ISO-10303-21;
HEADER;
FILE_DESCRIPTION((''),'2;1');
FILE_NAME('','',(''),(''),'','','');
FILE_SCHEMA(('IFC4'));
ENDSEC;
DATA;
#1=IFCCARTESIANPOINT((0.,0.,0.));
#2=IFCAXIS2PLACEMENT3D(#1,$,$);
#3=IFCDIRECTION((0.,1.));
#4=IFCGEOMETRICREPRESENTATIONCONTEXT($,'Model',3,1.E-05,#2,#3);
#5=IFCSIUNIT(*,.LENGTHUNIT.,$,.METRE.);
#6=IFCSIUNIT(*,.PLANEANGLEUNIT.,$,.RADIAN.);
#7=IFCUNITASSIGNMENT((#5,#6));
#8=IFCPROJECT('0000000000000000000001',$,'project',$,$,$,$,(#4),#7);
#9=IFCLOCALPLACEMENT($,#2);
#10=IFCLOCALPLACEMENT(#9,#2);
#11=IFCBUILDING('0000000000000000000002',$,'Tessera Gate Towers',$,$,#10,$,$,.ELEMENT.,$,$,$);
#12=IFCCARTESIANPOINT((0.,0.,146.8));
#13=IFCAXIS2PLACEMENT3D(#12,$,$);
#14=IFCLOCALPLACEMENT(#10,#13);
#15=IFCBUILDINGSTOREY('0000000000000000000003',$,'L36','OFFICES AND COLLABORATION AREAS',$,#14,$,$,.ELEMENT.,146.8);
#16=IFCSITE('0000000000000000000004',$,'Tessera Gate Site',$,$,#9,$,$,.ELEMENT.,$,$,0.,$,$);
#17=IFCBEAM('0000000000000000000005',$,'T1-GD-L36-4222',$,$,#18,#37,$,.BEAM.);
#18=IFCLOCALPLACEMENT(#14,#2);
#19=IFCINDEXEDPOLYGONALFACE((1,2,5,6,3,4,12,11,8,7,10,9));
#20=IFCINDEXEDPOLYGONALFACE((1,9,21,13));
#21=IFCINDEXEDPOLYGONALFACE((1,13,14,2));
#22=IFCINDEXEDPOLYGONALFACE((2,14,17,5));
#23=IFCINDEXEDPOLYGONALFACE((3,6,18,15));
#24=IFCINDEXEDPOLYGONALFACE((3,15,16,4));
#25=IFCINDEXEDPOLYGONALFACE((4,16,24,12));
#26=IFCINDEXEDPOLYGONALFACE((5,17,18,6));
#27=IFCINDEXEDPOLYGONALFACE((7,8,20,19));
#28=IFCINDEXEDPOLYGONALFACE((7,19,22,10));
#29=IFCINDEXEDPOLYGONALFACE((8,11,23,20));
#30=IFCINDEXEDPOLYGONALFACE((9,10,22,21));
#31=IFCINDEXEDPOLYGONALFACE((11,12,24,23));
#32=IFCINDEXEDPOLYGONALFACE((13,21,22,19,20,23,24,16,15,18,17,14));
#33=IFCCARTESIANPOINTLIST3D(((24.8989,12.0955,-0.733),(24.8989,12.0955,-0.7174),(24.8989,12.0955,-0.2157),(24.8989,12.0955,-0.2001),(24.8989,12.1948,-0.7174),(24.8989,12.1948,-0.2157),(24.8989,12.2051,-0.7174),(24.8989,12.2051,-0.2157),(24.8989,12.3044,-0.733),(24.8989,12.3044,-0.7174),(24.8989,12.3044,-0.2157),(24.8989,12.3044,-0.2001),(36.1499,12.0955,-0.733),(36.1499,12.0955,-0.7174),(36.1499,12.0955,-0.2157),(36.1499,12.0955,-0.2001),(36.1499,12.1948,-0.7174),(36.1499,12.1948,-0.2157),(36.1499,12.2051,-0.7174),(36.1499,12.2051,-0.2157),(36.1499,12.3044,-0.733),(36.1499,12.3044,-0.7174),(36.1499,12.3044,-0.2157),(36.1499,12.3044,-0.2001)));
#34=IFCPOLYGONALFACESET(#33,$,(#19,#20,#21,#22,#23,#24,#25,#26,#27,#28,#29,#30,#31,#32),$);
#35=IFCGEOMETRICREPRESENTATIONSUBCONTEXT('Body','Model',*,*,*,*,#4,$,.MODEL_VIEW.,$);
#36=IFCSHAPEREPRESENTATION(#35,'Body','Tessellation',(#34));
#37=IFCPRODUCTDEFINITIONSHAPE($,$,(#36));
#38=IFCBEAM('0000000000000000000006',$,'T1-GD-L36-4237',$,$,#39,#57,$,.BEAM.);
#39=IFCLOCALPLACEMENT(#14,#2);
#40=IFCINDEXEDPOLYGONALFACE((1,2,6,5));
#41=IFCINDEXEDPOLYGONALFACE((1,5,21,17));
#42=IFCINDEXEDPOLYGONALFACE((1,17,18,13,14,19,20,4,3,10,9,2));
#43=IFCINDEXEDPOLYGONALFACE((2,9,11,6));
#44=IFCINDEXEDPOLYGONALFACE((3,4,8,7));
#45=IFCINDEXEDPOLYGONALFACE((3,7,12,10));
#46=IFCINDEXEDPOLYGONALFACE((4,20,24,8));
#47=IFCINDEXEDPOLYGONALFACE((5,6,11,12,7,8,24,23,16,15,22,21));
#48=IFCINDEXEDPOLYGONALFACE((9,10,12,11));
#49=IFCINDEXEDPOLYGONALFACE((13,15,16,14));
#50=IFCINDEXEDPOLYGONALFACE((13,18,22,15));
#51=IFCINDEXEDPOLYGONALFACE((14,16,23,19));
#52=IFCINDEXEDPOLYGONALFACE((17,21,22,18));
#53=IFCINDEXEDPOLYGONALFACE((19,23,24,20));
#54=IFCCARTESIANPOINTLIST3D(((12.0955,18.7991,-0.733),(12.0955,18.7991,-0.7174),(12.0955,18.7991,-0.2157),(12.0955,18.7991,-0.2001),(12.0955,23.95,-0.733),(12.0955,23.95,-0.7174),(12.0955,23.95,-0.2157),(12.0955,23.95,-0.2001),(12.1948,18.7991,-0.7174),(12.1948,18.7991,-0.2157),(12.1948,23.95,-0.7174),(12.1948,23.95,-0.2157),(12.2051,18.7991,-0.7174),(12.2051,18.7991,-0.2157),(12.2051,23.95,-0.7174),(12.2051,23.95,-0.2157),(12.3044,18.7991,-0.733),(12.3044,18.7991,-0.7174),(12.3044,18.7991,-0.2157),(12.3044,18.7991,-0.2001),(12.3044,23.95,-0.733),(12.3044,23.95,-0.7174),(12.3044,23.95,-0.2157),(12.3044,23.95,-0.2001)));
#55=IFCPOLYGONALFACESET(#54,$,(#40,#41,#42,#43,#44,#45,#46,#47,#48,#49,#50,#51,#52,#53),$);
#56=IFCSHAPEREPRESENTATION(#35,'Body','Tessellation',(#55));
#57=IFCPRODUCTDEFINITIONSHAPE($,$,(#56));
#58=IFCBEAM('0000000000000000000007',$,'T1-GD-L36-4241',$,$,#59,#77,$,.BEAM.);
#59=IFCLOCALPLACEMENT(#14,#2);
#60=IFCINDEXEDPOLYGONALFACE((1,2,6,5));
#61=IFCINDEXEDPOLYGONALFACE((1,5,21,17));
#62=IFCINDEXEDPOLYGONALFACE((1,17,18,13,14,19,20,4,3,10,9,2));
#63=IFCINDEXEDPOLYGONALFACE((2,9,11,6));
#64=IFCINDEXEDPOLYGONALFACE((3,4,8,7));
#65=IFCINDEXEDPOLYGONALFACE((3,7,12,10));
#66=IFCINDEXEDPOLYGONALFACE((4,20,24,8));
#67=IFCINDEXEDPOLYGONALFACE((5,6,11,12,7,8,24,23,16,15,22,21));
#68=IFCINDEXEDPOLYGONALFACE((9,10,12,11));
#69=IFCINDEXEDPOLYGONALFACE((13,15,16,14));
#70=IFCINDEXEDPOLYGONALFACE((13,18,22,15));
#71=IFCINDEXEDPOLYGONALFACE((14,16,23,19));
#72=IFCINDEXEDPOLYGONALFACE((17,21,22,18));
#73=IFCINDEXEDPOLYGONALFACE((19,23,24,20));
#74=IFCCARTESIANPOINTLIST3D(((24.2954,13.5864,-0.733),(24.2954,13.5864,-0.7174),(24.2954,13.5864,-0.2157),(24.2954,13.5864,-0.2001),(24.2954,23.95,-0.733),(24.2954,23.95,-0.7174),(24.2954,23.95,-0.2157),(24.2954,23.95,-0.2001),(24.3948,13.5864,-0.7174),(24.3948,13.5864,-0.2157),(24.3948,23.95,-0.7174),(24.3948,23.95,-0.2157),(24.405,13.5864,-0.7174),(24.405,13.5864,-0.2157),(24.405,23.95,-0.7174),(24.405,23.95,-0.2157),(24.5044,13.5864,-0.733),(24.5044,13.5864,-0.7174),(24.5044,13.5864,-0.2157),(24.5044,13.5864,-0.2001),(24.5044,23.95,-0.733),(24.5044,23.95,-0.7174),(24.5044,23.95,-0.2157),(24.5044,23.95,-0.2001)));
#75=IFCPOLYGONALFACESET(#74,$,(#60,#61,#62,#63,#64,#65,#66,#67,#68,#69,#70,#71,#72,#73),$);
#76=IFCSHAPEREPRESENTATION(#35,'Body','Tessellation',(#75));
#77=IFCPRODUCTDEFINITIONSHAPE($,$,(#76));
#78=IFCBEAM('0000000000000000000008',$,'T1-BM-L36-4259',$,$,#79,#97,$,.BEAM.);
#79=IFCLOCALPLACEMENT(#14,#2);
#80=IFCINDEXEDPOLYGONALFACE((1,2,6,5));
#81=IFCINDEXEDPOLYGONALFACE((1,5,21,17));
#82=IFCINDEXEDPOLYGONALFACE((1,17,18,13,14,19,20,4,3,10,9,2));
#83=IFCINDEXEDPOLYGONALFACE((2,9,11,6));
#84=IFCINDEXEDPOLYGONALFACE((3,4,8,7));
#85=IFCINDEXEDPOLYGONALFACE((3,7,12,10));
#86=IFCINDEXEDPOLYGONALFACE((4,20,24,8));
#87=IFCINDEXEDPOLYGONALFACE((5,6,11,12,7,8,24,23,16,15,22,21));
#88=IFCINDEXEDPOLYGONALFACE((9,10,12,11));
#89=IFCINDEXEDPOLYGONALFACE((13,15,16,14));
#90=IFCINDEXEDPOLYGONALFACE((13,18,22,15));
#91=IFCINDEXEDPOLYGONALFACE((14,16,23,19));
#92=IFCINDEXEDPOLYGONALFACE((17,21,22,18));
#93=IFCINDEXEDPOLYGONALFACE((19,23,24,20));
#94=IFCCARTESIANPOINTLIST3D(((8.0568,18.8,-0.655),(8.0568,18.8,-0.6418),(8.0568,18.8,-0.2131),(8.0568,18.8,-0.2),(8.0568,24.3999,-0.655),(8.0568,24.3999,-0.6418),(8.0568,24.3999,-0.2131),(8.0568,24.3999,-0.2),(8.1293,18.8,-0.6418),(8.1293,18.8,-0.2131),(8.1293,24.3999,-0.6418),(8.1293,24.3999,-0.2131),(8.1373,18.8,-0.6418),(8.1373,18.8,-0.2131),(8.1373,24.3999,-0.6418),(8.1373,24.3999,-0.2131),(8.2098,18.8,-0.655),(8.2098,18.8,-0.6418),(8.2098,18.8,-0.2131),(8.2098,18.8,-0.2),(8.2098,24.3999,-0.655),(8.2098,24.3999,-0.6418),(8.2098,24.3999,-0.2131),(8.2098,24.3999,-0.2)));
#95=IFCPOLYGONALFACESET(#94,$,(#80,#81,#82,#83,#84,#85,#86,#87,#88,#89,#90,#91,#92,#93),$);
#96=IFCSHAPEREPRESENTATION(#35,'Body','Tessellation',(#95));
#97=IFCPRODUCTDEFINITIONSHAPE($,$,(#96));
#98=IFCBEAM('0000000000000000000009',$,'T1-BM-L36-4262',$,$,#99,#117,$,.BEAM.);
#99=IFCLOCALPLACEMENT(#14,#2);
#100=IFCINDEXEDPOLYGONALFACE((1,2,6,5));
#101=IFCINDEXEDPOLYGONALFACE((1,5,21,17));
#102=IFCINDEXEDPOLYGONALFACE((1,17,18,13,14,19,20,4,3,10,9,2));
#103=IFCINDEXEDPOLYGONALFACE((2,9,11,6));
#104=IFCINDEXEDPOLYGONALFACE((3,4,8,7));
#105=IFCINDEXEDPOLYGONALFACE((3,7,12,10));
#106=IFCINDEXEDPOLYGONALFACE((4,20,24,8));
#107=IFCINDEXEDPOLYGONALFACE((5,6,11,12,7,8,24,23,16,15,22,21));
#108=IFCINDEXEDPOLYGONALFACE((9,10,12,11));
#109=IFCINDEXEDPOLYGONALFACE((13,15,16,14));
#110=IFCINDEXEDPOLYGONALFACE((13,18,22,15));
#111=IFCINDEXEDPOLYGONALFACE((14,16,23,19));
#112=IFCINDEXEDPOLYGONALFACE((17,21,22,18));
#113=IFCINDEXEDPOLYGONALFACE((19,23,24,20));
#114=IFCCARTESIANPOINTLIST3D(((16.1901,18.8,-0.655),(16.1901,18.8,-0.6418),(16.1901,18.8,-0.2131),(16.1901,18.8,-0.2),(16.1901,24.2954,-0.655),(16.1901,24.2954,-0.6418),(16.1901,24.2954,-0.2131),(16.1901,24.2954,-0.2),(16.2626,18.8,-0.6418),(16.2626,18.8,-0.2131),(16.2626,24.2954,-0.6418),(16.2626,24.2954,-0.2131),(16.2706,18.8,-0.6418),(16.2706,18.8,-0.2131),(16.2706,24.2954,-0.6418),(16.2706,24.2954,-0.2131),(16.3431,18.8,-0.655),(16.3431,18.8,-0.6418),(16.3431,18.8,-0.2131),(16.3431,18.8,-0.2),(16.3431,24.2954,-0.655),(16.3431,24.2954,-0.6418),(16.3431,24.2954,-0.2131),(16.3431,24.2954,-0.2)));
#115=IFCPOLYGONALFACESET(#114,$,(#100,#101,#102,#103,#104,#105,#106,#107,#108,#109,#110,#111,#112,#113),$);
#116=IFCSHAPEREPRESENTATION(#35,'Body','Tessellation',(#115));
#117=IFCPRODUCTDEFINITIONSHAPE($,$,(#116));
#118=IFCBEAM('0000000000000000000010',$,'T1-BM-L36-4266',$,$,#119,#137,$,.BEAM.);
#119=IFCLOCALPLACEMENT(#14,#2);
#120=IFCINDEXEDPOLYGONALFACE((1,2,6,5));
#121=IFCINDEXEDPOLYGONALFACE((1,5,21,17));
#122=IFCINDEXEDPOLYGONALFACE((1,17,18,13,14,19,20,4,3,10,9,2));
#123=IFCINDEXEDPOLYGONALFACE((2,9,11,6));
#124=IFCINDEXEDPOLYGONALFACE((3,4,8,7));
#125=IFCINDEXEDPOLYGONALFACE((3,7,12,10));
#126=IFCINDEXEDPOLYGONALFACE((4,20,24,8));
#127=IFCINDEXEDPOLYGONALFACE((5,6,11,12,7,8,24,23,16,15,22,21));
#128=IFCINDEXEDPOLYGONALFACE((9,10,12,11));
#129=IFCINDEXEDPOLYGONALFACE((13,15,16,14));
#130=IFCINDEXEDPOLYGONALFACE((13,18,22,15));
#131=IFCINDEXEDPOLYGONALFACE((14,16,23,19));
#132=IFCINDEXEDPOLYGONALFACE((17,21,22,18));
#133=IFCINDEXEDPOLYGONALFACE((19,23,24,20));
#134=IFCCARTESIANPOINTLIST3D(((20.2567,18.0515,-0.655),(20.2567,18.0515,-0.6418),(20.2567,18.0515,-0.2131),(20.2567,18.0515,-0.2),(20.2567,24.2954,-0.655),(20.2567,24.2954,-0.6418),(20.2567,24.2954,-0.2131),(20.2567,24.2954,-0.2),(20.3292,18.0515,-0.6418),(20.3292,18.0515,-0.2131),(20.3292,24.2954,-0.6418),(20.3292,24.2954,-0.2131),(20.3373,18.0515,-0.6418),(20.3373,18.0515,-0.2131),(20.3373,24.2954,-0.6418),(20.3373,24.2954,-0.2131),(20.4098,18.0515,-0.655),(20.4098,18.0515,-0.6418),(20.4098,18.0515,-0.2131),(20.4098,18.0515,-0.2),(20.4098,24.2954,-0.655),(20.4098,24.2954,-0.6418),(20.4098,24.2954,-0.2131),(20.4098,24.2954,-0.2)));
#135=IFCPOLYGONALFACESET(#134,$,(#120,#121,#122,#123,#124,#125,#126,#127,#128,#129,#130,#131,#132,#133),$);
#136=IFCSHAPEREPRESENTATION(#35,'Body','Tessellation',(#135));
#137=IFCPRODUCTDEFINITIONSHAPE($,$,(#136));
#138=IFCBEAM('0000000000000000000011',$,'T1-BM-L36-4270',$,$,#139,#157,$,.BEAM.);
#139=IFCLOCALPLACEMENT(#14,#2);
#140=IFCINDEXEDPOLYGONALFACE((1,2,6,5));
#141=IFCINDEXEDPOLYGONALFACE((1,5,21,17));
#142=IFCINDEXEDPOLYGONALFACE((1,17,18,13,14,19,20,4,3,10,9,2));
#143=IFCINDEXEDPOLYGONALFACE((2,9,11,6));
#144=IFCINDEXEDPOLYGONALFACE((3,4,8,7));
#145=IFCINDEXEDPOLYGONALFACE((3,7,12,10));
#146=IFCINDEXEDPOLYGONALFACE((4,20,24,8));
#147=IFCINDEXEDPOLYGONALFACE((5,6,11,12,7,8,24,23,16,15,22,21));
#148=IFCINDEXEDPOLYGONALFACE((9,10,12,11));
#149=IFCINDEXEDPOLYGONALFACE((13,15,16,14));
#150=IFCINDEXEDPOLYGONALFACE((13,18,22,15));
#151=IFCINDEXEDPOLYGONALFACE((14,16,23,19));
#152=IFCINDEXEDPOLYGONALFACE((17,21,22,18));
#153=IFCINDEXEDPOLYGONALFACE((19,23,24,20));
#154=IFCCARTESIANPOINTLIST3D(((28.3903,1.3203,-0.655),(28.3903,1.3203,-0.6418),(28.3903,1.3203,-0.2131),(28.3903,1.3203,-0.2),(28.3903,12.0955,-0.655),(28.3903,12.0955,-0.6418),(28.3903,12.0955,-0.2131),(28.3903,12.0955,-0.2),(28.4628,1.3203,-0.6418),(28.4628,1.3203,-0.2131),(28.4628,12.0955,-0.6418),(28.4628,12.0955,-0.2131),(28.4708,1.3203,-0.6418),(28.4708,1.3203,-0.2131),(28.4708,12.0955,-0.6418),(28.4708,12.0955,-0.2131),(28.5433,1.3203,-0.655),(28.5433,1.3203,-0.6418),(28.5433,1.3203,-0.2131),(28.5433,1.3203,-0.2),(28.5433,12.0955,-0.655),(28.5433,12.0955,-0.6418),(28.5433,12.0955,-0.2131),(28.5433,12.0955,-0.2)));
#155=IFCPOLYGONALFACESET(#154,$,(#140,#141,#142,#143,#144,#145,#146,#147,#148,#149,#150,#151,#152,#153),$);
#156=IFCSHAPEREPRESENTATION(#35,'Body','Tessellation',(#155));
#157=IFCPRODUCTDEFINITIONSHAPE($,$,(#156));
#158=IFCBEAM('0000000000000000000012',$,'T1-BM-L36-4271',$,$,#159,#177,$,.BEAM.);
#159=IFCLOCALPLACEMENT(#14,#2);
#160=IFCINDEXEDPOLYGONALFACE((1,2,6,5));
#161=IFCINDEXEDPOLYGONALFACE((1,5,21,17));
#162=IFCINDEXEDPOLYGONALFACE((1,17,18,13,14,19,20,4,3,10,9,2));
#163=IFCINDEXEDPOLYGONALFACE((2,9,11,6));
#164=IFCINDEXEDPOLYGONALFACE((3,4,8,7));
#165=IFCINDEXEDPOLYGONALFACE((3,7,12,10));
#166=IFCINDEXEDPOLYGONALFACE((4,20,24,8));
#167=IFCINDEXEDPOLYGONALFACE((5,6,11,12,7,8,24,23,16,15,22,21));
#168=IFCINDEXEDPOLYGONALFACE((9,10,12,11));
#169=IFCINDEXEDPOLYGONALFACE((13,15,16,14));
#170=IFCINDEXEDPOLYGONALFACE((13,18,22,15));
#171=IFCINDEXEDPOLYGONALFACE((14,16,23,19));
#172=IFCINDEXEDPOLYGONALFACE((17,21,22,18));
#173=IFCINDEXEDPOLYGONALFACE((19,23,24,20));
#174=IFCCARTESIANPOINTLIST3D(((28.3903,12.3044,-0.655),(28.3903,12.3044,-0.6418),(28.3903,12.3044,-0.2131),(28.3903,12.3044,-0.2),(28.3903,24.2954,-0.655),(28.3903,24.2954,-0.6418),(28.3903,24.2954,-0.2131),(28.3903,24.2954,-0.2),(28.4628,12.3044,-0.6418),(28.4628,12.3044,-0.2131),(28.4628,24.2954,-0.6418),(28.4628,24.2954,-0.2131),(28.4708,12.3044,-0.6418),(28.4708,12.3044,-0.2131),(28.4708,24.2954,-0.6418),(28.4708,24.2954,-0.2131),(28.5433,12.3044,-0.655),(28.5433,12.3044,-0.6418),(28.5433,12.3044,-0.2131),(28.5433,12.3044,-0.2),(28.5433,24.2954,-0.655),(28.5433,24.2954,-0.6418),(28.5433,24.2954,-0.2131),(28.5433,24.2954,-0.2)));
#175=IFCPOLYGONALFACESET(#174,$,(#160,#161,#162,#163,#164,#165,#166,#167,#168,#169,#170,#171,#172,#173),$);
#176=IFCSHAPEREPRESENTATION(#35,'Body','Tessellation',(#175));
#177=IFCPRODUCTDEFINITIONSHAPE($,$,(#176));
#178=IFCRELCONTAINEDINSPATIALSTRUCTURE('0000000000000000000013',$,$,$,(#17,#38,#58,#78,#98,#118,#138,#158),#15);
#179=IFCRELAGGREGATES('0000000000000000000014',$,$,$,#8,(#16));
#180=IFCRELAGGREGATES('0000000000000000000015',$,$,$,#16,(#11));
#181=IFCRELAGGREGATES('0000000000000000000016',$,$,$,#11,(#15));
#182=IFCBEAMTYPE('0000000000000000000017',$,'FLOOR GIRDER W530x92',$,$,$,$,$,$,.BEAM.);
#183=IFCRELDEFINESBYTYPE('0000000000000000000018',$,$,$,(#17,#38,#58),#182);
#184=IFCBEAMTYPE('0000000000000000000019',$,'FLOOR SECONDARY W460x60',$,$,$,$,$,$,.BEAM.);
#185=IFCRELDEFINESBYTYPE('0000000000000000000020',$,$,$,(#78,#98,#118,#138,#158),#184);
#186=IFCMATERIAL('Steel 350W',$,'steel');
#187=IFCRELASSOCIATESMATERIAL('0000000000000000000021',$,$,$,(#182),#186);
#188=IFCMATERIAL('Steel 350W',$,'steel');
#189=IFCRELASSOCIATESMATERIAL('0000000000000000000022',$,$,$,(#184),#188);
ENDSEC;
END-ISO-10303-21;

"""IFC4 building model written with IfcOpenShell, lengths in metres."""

from ifc_helpers import new_model, si_unit, direction, frame, origin, origin_2d, place, context, subcontext, project, spatial, i_section, extrude, material, material_profile, profile_set, type_object, element, save


model = new_model("IFC4")

# Units and contexts
model_context = context("Model", 3, precision=1e-05, world=origin(), true_north=direction((0.0, 1.0)))
body_context = subcontext(model_context, "Body", "Model", "MODEL_VIEW")
ifc_project = project(units=[si_unit("LENGTHUNIT", "METRE"), si_unit("PLANEANGLEUNIT", "RADIAN")], contexts=[model_context])

# Site, building, storey
site_placement = place(None, origin())
site = spatial("IfcSite", under=ifc_project, at=site_placement, Name="Tessera Gate Site", CompositionType="ELEMENT", RefElevation=0.0)
building_placement = place(site_placement, origin())
building = spatial("IfcBuilding", under=site, at=building_placement, Name="Tessera Gate Towers", CompositionType="ELEMENT")
storey_placement = place(building_placement, frame((0.0, 0.0, 146.8)))
storey = spatial("IfcBuildingStorey", under=building, at=storey_placement, Name="L36", Description="OFFICES AND COLLABORATION AREAS", CompositionType="ELEMENT", Elevation=146.8)

# Beams
ifc_material_1 = material(Name="Steel 350W", Category="steel")
ifc_material_profile_1 = material_profile(ifc_material_1, i_section(OverallWidth=0.209, OverallDepth=0.533, WebThickness=0.0103, FlangeThickness=0.0156, at=origin_2d()), Name="W530x92")
ifc_profile_set_1 = profile_set([ifc_material_profile_1], Name="Steel 350W")
beam_type_1 = type_object("IfcBeamType", Name="FLOOR GIRDER W530x92", PredefinedType="BEAM", material=ifc_profile_set_1)
beam_1_placement = place(storey_placement, frame((24.8989, 12.2, -0.4666), z_axis=(1.0, 0.0, 0.0), x_axis=(0.0, 1.0, 0.0)))
element("IfcBeam", 1, at=beam_1_placement, inside=storey, type_object=beam_type_1, Name="T1-GD-L36-4222", PredefinedType="BEAM", context=body_context, shape_type="SweptSolid", body=[
    extrude(i_section(OverallWidth=0.209, OverallDepth=0.533, WebThickness=0.0103, FlangeThickness=0.0156, at=origin_2d()), origin(), (0.0, 0.0, 1.0), 11.251),
])
beam_2_placement = place(storey_placement, frame((12.2, 18.7991, -0.4666), z_axis=(0.0, 1.0, 0.0), x_axis=(-1.0, 0.0, 0.0)))
element("IfcBeam", 2, at=beam_2_placement, inside=storey, type_object=beam_type_1, Name="T1-GD-L36-4237", PredefinedType="BEAM", context=body_context, shape_type="SweptSolid", body=[
    extrude(i_section(OverallWidth=0.209, OverallDepth=0.533, WebThickness=0.0103, FlangeThickness=0.0156, at=origin_2d()), origin(), (0.0, 0.0, 1.0), 5.1509),
])
beam_3_placement = place(storey_placement, frame((24.3999, 13.5864, -0.4666), z_axis=(0.0, 1.0, 0.0), x_axis=(-1.0, 0.0, 0.0)))
element("IfcBeam", 3, at=beam_3_placement, inside=storey, type_object=beam_type_1, Name="T1-GD-L36-4241", PredefinedType="BEAM", context=body_context, shape_type="SweptSolid", body=[
    extrude(i_section(OverallWidth=0.209, OverallDepth=0.533, WebThickness=0.0103, FlangeThickness=0.0156, at=origin_2d()), origin(), (0.0, 0.0, 1.0), 10.3635),
])
ifc_material_2 = material(Name="Steel 350W", Category="steel")
ifc_material_profile_2 = material_profile(ifc_material_2, i_section(OverallWidth=0.1531, OverallDepth=0.4551, WebThickness=0.0081, FlangeThickness=0.0132, at=origin_2d()), Name="W460x60")
ifc_profile_set_2 = profile_set([ifc_material_profile_2], Name="Steel 350W")
beam_type_2 = type_object("IfcBeamType", Name="FLOOR SECONDARY W460x60", PredefinedType="BEAM", material=ifc_profile_set_2)
beam_4_placement = place(storey_placement, frame((8.1333, 18.8, -0.4275), z_axis=(0.0, 1.0, 0.0), x_axis=(-1.0, 0.0, 0.0)))
element("IfcBeam", 4, at=beam_4_placement, inside=storey, type_object=beam_type_2, Name="T1-BM-L36-4259", PredefinedType="BEAM", context=body_context, shape_type="SweptSolid", body=[
    extrude(i_section(OverallWidth=0.1531, OverallDepth=0.4551, WebThickness=0.0081, FlangeThickness=0.0132, at=origin_2d()), origin(), (0.0, 0.0, 1.0), 5.5999),
])
beam_5_placement = place(storey_placement, frame((16.2666, 18.8, -0.4275), z_axis=(0.0, 1.0, 0.0), x_axis=(-1.0, 0.0, 0.0)))
element("IfcBeam", 5, at=beam_5_placement, inside=storey, type_object=beam_type_2, Name="T1-BM-L36-4262", PredefinedType="BEAM", context=body_context, shape_type="SweptSolid", body=[
    extrude(i_section(OverallWidth=0.1531, OverallDepth=0.4551, WebThickness=0.0081, FlangeThickness=0.0132, at=origin_2d()), origin(), (0.0, 0.0, 1.0), 5.4954),
])
beam_6_placement = place(storey_placement, frame((20.3333, 18.0515, -0.4275), z_axis=(0.0, 1.0, 0.0), x_axis=(-1.0, 0.0, 0.0)))
element("IfcBeam", 6, at=beam_6_placement, inside=storey, type_object=beam_type_2, Name="T1-BM-L36-4266", PredefinedType="BEAM", context=body_context, shape_type="SweptSolid", body=[
    extrude(i_section(OverallWidth=0.1531, OverallDepth=0.4551, WebThickness=0.0081, FlangeThickness=0.0132, at=origin_2d()), origin(), (0.0, 0.0, 1.0), 6.2439),
])
beam_7_placement = place(storey_placement, frame((28.4668, 1.3203, -0.4275), z_axis=(0.0, 1.0, 0.0), x_axis=(-1.0, 0.0, 0.0)))
element("IfcBeam", 7, at=beam_7_placement, inside=storey, type_object=beam_type_2, Name="T1-BM-L36-4270", PredefinedType="BEAM", context=body_context, shape_type="SweptSolid", body=[
    extrude(i_section(OverallWidth=0.1531, OverallDepth=0.4551, WebThickness=0.0081, FlangeThickness=0.0132, at=origin_2d()), origin(), (0.0, 0.0, 1.0), 10.7751),
])
beam_8_placement = place(storey_placement, frame((28.4668, 12.3044, -0.4275), z_axis=(0.0, 1.0, 0.0), x_axis=(-1.0, 0.0, 0.0)))
element("IfcBeam", 8, at=beam_8_placement, inside=storey, type_object=beam_type_2, Name="T1-BM-L36-4271", PredefinedType="BEAM", context=body_context, shape_type="SweptSolid", body=[
    extrude(i_section(OverallWidth=0.1531, OverallDepth=0.4551, WebThickness=0.0081, FlangeThickness=0.0132, at=origin_2d()), origin(), (0.0, 0.0, 1.0), 11.991),
])

save(model, "model.ifc")
